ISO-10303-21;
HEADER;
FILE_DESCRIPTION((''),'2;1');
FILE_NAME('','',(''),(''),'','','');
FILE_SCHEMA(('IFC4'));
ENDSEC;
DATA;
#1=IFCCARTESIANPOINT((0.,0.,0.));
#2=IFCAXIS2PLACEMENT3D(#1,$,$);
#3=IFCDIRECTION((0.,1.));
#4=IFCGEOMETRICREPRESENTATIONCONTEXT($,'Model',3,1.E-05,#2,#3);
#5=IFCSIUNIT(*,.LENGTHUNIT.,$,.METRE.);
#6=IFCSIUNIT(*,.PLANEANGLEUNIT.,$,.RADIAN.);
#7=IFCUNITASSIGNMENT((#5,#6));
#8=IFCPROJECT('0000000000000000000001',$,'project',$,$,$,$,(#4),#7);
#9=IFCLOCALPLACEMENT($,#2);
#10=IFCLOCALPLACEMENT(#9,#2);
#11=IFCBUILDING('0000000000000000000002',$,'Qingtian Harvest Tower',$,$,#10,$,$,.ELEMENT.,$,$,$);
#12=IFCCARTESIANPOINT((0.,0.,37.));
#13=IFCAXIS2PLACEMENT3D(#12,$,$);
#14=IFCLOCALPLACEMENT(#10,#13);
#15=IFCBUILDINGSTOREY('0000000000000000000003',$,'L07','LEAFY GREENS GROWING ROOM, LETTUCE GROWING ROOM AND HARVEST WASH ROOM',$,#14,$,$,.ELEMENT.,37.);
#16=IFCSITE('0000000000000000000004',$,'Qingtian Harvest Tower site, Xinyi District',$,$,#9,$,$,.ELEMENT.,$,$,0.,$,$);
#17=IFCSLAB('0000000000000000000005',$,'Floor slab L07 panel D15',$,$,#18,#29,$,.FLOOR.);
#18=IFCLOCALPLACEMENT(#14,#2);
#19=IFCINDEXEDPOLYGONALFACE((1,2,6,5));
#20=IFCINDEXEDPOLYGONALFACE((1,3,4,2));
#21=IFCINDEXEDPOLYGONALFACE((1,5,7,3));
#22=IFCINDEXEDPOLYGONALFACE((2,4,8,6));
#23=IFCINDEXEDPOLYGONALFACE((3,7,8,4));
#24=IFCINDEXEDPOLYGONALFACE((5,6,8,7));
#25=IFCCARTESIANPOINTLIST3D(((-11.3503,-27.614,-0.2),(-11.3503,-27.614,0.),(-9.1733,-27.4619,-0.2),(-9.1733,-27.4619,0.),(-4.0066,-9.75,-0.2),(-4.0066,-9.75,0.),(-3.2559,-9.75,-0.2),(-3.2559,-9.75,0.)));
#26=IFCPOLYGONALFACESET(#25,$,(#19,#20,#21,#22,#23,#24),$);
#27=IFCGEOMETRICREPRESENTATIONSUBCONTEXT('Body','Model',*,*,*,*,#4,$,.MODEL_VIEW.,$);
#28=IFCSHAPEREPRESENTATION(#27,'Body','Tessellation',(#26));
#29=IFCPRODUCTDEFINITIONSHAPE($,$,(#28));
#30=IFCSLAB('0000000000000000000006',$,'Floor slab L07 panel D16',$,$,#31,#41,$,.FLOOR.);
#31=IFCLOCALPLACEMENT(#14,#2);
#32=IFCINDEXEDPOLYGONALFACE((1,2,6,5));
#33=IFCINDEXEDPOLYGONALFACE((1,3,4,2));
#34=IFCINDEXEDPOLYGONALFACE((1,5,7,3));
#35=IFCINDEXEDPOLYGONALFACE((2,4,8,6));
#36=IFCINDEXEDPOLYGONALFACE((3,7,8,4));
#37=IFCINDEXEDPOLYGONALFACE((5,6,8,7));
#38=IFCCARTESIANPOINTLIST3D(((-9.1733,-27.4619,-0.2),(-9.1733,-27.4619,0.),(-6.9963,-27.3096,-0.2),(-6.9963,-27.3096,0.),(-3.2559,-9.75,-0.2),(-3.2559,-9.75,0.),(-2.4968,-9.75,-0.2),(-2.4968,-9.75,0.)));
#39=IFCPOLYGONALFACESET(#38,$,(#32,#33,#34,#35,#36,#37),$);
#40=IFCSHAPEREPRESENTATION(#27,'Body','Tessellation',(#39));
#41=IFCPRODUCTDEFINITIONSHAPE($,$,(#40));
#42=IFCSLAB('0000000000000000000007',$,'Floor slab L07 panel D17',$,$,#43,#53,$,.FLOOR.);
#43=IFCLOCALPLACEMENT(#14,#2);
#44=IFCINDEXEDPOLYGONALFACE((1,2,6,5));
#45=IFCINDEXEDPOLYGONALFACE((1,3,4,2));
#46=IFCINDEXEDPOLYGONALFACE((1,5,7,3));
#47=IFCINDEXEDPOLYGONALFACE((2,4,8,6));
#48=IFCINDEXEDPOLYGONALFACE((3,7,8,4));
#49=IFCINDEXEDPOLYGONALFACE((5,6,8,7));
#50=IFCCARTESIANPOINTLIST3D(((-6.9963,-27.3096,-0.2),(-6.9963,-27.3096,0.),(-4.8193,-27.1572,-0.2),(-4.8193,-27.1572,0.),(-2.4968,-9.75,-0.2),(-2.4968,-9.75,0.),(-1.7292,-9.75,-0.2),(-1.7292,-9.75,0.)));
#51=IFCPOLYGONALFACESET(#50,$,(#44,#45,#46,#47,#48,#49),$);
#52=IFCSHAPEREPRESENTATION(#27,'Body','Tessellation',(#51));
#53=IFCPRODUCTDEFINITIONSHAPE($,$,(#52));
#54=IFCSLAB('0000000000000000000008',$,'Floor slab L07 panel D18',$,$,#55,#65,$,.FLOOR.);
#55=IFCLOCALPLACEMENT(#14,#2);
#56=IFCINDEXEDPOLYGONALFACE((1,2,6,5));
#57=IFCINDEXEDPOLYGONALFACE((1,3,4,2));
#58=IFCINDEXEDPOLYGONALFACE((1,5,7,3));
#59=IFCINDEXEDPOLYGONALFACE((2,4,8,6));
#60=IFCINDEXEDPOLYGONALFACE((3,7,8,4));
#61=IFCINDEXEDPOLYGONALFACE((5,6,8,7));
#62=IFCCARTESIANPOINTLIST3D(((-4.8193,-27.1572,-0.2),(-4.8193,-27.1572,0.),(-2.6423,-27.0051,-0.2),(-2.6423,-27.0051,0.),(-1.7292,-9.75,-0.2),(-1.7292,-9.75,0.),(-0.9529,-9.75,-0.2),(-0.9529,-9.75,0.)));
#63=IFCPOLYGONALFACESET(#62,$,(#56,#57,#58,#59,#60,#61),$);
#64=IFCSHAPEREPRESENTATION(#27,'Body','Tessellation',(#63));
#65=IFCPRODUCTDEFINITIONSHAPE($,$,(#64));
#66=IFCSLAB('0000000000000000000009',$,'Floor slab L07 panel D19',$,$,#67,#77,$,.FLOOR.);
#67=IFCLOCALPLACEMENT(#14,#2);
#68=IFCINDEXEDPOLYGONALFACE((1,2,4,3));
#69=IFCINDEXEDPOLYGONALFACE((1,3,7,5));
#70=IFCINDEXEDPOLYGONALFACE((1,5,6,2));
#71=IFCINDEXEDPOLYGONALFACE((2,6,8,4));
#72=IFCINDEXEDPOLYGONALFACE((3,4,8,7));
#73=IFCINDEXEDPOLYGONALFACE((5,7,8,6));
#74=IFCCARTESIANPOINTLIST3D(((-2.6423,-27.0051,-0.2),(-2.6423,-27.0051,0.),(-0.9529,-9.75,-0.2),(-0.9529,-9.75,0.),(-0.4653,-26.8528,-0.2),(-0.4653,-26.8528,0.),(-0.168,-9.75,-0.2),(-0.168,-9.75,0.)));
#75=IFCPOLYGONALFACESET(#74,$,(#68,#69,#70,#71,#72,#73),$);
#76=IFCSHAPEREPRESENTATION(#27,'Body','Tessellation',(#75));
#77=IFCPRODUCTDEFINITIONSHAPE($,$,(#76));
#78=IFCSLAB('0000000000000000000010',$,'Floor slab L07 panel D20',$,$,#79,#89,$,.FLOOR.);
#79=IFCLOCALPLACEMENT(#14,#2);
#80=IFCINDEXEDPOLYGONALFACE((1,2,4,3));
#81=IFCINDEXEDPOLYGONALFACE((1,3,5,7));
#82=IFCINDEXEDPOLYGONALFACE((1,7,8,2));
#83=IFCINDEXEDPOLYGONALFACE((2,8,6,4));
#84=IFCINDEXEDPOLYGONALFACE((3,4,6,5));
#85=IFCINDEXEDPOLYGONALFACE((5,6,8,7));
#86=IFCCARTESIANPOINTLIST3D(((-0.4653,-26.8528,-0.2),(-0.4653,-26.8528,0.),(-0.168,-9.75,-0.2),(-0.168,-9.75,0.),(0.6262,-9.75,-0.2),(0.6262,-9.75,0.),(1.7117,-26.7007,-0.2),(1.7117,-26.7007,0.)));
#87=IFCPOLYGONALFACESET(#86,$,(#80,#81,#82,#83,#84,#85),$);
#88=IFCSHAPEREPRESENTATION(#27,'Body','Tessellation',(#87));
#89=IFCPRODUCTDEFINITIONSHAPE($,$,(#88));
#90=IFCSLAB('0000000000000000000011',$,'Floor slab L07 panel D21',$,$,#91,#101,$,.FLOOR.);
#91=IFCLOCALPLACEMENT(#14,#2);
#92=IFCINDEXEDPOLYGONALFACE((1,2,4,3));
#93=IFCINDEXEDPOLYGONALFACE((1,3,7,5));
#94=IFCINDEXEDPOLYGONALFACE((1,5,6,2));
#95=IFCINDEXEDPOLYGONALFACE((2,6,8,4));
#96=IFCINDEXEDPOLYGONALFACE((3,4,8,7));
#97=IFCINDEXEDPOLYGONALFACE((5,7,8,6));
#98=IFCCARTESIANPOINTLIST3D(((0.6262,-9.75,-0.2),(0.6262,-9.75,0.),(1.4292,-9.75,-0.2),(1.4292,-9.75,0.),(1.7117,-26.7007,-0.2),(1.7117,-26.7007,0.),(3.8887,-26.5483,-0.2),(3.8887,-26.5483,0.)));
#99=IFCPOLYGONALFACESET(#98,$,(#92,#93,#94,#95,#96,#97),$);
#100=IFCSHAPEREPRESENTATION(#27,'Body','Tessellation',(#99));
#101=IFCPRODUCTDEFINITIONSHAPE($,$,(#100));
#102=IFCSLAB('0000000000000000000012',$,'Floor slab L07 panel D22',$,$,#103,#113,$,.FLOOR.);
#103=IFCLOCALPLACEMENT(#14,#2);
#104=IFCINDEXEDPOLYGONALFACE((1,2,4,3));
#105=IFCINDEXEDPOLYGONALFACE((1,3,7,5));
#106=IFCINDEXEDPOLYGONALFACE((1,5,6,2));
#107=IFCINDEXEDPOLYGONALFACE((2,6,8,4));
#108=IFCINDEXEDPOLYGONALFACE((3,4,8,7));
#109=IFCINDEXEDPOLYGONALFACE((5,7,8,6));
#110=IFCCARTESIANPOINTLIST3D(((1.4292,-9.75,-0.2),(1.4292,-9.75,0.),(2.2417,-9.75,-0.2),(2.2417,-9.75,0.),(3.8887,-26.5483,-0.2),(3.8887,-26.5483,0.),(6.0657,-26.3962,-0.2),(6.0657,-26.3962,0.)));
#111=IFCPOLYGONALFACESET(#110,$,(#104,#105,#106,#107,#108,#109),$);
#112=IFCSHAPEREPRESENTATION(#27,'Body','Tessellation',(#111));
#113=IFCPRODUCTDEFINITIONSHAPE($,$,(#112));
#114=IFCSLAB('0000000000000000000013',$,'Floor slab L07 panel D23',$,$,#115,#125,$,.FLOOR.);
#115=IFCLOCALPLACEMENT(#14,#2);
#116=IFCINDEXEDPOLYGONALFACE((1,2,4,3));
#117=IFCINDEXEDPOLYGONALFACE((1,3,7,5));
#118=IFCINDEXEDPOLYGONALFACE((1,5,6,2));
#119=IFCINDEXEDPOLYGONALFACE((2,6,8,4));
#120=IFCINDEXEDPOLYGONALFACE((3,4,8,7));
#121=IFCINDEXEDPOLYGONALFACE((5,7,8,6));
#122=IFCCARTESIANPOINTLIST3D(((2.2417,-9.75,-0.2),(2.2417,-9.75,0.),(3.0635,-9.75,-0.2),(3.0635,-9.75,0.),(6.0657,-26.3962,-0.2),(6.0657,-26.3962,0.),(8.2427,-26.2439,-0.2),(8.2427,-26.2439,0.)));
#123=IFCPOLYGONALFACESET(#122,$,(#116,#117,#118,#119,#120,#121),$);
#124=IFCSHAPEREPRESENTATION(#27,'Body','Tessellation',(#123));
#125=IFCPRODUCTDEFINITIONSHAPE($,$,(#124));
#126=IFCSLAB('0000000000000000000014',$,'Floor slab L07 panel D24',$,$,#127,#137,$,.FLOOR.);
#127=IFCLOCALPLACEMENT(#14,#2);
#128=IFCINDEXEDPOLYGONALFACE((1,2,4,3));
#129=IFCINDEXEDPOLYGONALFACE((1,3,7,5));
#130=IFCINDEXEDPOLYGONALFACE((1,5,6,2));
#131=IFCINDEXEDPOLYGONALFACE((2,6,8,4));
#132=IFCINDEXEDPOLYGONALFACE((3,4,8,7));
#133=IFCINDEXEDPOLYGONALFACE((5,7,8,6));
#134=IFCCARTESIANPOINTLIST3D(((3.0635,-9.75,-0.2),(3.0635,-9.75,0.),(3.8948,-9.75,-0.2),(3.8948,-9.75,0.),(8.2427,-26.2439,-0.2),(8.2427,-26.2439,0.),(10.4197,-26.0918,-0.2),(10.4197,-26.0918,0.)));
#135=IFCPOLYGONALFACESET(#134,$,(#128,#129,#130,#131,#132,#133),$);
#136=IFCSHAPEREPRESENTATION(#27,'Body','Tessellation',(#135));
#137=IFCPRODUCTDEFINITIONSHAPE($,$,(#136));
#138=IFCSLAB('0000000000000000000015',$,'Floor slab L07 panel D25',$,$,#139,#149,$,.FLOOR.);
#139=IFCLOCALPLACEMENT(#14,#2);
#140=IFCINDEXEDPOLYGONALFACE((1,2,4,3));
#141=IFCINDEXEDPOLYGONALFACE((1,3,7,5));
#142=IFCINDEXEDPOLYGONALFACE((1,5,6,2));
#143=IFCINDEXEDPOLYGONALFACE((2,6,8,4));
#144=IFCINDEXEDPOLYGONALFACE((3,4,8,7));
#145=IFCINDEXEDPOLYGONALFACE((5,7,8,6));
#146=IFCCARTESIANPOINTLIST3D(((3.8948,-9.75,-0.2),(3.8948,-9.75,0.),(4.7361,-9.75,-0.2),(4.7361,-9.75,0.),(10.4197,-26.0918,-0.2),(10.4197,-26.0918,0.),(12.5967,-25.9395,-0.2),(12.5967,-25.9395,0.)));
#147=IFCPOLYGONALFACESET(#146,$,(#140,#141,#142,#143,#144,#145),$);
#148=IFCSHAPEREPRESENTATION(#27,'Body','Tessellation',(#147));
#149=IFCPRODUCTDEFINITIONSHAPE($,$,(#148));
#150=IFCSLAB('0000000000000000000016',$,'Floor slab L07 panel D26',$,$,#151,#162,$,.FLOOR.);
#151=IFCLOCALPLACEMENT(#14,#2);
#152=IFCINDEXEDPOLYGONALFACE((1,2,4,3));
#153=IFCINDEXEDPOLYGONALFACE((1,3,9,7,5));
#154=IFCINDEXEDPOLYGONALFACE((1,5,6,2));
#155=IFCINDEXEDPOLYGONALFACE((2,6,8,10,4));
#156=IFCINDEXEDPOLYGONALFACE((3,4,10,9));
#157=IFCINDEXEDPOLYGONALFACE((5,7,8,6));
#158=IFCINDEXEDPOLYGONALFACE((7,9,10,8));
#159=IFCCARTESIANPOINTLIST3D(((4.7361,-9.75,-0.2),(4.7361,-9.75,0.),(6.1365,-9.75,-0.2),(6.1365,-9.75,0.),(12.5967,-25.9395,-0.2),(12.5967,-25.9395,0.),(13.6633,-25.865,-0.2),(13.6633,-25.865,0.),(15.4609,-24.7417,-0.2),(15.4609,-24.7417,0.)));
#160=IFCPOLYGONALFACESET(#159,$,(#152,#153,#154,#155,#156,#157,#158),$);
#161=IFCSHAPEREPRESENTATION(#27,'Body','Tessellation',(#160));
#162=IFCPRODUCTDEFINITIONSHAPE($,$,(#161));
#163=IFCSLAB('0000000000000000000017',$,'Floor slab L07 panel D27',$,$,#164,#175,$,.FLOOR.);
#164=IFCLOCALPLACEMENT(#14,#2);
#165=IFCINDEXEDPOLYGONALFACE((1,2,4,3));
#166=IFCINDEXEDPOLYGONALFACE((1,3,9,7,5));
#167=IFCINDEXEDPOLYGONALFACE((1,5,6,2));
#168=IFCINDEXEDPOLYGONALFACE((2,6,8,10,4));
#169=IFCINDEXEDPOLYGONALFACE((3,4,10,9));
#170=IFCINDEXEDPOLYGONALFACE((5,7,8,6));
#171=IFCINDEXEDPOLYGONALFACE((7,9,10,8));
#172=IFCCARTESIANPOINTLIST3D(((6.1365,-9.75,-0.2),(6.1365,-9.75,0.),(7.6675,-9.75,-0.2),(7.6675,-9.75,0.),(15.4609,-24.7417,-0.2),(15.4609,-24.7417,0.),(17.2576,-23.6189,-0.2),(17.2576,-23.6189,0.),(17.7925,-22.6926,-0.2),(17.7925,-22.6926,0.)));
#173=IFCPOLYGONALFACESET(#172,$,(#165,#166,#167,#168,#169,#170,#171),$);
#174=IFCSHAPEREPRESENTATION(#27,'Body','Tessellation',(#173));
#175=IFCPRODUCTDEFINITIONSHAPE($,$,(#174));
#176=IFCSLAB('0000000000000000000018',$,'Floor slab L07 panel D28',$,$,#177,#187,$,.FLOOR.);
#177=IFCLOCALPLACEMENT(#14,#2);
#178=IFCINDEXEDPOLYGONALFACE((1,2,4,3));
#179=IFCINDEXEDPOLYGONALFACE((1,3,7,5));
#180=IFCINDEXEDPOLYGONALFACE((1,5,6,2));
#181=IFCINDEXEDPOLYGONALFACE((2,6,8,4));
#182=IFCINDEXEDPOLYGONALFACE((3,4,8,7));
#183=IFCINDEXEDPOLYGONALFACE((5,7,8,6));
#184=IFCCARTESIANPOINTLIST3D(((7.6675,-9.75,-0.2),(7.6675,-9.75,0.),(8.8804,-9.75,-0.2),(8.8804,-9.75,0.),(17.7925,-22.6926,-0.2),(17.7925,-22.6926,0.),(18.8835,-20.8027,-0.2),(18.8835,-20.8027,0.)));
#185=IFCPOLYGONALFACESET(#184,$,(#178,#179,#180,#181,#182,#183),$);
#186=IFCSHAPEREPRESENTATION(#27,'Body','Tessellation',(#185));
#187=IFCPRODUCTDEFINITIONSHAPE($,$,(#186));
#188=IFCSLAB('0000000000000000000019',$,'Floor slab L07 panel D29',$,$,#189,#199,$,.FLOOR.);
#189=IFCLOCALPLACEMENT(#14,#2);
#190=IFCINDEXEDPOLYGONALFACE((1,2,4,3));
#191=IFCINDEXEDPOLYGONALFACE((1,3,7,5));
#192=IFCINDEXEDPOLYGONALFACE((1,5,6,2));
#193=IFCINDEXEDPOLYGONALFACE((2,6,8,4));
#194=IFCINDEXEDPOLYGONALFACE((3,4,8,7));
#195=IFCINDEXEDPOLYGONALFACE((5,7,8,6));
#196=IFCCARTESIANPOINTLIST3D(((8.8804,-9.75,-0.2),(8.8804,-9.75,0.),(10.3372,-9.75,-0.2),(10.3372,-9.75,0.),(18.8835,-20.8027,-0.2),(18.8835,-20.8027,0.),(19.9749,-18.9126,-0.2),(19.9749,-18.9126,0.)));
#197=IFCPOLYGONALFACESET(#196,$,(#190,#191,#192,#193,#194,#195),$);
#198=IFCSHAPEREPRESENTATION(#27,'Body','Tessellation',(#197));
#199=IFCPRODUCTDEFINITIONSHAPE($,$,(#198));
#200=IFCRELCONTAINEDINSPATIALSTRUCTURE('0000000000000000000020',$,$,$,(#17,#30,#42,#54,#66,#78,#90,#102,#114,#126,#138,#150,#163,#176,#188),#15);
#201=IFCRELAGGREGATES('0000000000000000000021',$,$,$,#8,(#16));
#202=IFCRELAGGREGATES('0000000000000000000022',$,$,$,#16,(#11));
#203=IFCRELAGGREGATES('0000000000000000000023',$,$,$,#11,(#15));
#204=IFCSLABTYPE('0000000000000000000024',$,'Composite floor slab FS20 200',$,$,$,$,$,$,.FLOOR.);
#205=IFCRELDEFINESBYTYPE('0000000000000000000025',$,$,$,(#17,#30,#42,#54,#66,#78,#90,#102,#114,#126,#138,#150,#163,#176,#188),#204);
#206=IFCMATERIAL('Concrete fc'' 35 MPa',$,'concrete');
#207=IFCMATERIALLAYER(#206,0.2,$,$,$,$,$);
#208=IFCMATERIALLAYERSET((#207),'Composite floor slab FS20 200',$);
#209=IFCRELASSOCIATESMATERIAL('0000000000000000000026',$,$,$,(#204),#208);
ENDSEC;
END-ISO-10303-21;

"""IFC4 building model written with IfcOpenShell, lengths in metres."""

from ifc_helpers import new_model, si_unit, direction, frame, origin, place, context, subcontext, project, spatial, polyline, outline, extrude, material, layer, layer_set, type_object, element, save


model = new_model("IFC4")

# Units and contexts
model_context = context("Model", 3, precision=1e-05, world=origin(), true_north=direction((0.0, 1.0)))
body_context = subcontext(model_context, "Body", "Model", "MODEL_VIEW")
ifc_project = project(units=[si_unit("LENGTHUNIT", "METRE"), si_unit("PLANEANGLEUNIT", "RADIAN")], contexts=[model_context])

# Site, building, storey
site_placement = place(None, origin())
site = spatial("IfcSite", under=ifc_project, at=site_placement, Name="Qingtian Harvest Tower site, Xinyi District", CompositionType="ELEMENT", RefElevation=0.0)
building_placement = place(site_placement, origin())
building = spatial("IfcBuilding", under=site, at=building_placement, Name="Qingtian Harvest Tower", CompositionType="ELEMENT")
storey_placement = place(building_placement, frame((0.0, 0.0, 37.0)))
storey = spatial("IfcBuildingStorey", under=building, at=storey_placement, Name="L07", Description="LEAFY GREENS GROWING ROOM, LETTUCE GROWING ROOM AND HARVEST WASH ROOM", CompositionType="ELEMENT", Elevation=37.0)

# Slabs
ifc_material = material(Name="Concrete fc' 35 MPa", Category="concrete")
ifc_layer = layer(ifc_material, 0.2)
ifc_layer_set = layer_set([ifc_layer], Name="Composite floor slab FS20 200")
slab_type = type_object("IfcSlabType", Name="Composite floor slab FS20 200", PredefinedType="FLOOR", material=ifc_layer_set)
slab_1_placement = place(storey_placement, frame((0.0, 0.0, -0.2)))
element("IfcSlab", 1, at=slab_1_placement, inside=storey, type_object=slab_type, Name="Floor slab L07 panel D15", PredefinedType="FLOOR", context=body_context, shape_type="SweptSolid", body=[
    extrude(outline(polyline([(-3.2559, -9.75), (-9.1733, -27.4619), (-11.3503, -27.614), (-4.0066, -9.75), (-3.2559, -9.75)])), origin(), (0.0, 0.0, 1.0), 0.2),
])
slab_2_placement = place(storey_placement, frame((0.0, 0.0, -0.2)))
element("IfcSlab", 2, at=slab_2_placement, inside=storey, type_object=slab_type, Name="Floor slab L07 panel D16", PredefinedType="FLOOR", context=body_context, shape_type="SweptSolid", body=[
    extrude(outline(polyline([(-2.4968, -9.75), (-6.9963, -27.3096), (-9.1733, -27.4619), (-3.2559, -9.75), (-2.4968, -9.75)])), origin(), (0.0, 0.0, 1.0), 0.2),
])
slab_3_placement = place(storey_placement, frame((0.0, 0.0, -0.2)))
element("IfcSlab", 3, at=slab_3_placement, inside=storey, type_object=slab_type, Name="Floor slab L07 panel D17", PredefinedType="FLOOR", context=body_context, shape_type="SweptSolid", body=[
    extrude(outline(polyline([(-1.7292, -9.75), (-4.8193, -27.1572), (-6.9963, -27.3096), (-2.4968, -9.75), (-1.7292, -9.75)])), origin(), (0.0, 0.0, 1.0), 0.2),
])
slab_4_placement = place(storey_placement, frame((0.0, 0.0, -0.2)))
element("IfcSlab", 4, at=slab_4_placement, inside=storey, type_object=slab_type, Name="Floor slab L07 panel D18", PredefinedType="FLOOR", context=body_context, shape_type="SweptSolid", body=[
    extrude(outline(polyline([(-0.9529, -9.75), (-2.6423, -27.0051), (-4.8193, -27.1572), (-1.7292, -9.75), (-0.9529, -9.75)])), origin(), (0.0, 0.0, 1.0), 0.2),
])
slab_5_placement = place(storey_placement, frame((0.0, 0.0, -0.2)))
element("IfcSlab", 5, at=slab_5_placement, inside=storey, type_object=slab_type, Name="Floor slab L07 panel D19", PredefinedType="FLOOR", context=body_context, shape_type="SweptSolid", body=[
    extrude(outline(polyline([(-0.168, -9.75), (-0.4653, -26.8528), (-2.6423, -27.0051), (-0.9529, -9.75), (-0.168, -9.75)])), origin(), (0.0, 0.0, 1.0), 0.2),
])
slab_6_placement = place(storey_placement, frame((0.0, 0.0, -0.2)))
element("IfcSlab", 6, at=slab_6_placement, inside=storey, type_object=slab_type, Name="Floor slab L07 panel D20", PredefinedType="FLOOR", context=body_context, shape_type="SweptSolid", body=[
    extrude(outline(polyline([(0.6262, -9.75), (1.7117, -26.7007), (-0.4653, -26.8528), (-0.168, -9.75), (0.6262, -9.75)])), origin(), (0.0, 0.0, 1.0), 0.2),
])
slab_7_placement = place(storey_placement, frame((0.0, 0.0, -0.2)))
element("IfcSlab", 7, at=slab_7_placement, inside=storey, type_object=slab_type, Name="Floor slab L07 panel D21", PredefinedType="FLOOR", context=body_context, shape_type="SweptSolid", body=[
    extrude(outline(polyline([(1.4292, -9.75), (3.8887, -26.5483), (1.7117, -26.7007), (0.6262, -9.75), (1.4292, -9.75)])), origin(), (0.0, 0.0, 1.0), 0.2),
])
slab_8_placement = place(storey_placement, frame((0.0, 0.0, -0.2)))
element("IfcSlab", 8, at=slab_8_placement, inside=storey, type_object=slab_type, Name="Floor slab L07 panel D22", PredefinedType="FLOOR", context=body_context, shape_type="SweptSolid", body=[
    extrude(outline(polyline([(2.2417, -9.75), (6.0657, -26.3962), (3.8887, -26.5483), (1.4292, -9.75), (2.2417, -9.75)])), origin(), (0.0, 0.0, 1.0), 0.2),
])
slab_9_placement = place(storey_placement, frame((0.0, 0.0, -0.2)))
element("IfcSlab", 9, at=slab_9_placement, inside=storey, type_object=slab_type, Name="Floor slab L07 panel D23", PredefinedType="FLOOR", context=body_context, shape_type="SweptSolid", body=[
    extrude(outline(polyline([(3.0635, -9.75), (8.2427, -26.2439), (6.0657, -26.3962), (2.2417, -9.75), (3.0635, -9.75)])), origin(), (0.0, 0.0, 1.0), 0.2),
])
slab_10_placement = place(storey_placement, frame((0.0, 0.0, -0.2)))
element("IfcSlab", 10, at=slab_10_placement, inside=storey, type_object=slab_type, Name="Floor slab L07 panel D24", PredefinedType="FLOOR", context=body_context, shape_type="SweptSolid", body=[
    extrude(outline(polyline([(3.8948, -9.75), (10.4197, -26.0918), (8.2427, -26.2439), (3.0635, -9.75), (3.8948, -9.75)])), origin(), (0.0, 0.0, 1.0), 0.2),
])
slab_11_placement = place(storey_placement, frame((0.0, 0.0, -0.2)))
element("IfcSlab", 11, at=slab_11_placement, inside=storey, type_object=slab_type, Name="Floor slab L07 panel D25", PredefinedType="FLOOR", context=body_context, shape_type="SweptSolid", body=[
    extrude(outline(polyline([(4.7361, -9.75), (12.5967, -25.9395), (10.4197, -26.0918), (3.8948, -9.75), (4.7361, -9.75)])), origin(), (0.0, 0.0, 1.0), 0.2),
])
slab_12_placement = place(storey_placement, frame((0.0, 0.0, -0.2)))
element("IfcSlab", 12, at=slab_12_placement, inside=storey, type_object=slab_type, Name="Floor slab L07 panel D26", PredefinedType="FLOOR", context=body_context, shape_type="SweptSolid", body=[
    extrude(outline(polyline([(4.7361, -9.75), (6.1365, -9.75), (15.4609, -24.7417), (13.6633, -25.865), (12.5967, -25.9395), (4.7361, -9.75)])), origin(), (0.0, 0.0, 1.0), 0.2),
])
slab_13_placement = place(storey_placement, frame((0.0, 0.0, -0.2)))
element("IfcSlab", 13, at=slab_13_placement, inside=storey, type_object=slab_type, Name="Floor slab L07 panel D27", PredefinedType="FLOOR", context=body_context, shape_type="SweptSolid", body=[
    extrude(outline(polyline([(6.1365, -9.75), (7.6675, -9.75), (17.7925, -22.6926), (17.2576, -23.6189), (15.4609, -24.7417), (6.1365, -9.75)])), origin(), (0.0, 0.0, 1.0), 0.2),
])
slab_14_placement = place(storey_placement, frame((0.0, 0.0, -0.2)))
element("IfcSlab", 14, at=slab_14_placement, inside=storey, type_object=slab_type, Name="Floor slab L07 panel D28", PredefinedType="FLOOR", context=body_context, shape_type="SweptSolid", body=[
    extrude(outline(polyline([(8.8804, -9.75), (18.8835, -20.8027), (17.7925, -22.6926), (7.6675, -9.75), (8.8804, -9.75)])), origin(), (0.0, 0.0, 1.0), 0.2),
])
slab_15_placement = place(storey_placement, frame((0.0, 0.0, -0.2)))
element("IfcSlab", 15, at=slab_15_placement, inside=storey, type_object=slab_type, Name="Floor slab L07 panel D29", PredefinedType="FLOOR", context=body_context, shape_type="SweptSolid", body=[
    extrude(outline(polyline([(10.3372, -9.75), (19.9749, -18.9126), (18.8835, -20.8027), (8.8804, -9.75), (10.3372, -9.75)])), origin(), (0.0, 0.0, 1.0), 0.2),
])

save(model, "model.ifc")
